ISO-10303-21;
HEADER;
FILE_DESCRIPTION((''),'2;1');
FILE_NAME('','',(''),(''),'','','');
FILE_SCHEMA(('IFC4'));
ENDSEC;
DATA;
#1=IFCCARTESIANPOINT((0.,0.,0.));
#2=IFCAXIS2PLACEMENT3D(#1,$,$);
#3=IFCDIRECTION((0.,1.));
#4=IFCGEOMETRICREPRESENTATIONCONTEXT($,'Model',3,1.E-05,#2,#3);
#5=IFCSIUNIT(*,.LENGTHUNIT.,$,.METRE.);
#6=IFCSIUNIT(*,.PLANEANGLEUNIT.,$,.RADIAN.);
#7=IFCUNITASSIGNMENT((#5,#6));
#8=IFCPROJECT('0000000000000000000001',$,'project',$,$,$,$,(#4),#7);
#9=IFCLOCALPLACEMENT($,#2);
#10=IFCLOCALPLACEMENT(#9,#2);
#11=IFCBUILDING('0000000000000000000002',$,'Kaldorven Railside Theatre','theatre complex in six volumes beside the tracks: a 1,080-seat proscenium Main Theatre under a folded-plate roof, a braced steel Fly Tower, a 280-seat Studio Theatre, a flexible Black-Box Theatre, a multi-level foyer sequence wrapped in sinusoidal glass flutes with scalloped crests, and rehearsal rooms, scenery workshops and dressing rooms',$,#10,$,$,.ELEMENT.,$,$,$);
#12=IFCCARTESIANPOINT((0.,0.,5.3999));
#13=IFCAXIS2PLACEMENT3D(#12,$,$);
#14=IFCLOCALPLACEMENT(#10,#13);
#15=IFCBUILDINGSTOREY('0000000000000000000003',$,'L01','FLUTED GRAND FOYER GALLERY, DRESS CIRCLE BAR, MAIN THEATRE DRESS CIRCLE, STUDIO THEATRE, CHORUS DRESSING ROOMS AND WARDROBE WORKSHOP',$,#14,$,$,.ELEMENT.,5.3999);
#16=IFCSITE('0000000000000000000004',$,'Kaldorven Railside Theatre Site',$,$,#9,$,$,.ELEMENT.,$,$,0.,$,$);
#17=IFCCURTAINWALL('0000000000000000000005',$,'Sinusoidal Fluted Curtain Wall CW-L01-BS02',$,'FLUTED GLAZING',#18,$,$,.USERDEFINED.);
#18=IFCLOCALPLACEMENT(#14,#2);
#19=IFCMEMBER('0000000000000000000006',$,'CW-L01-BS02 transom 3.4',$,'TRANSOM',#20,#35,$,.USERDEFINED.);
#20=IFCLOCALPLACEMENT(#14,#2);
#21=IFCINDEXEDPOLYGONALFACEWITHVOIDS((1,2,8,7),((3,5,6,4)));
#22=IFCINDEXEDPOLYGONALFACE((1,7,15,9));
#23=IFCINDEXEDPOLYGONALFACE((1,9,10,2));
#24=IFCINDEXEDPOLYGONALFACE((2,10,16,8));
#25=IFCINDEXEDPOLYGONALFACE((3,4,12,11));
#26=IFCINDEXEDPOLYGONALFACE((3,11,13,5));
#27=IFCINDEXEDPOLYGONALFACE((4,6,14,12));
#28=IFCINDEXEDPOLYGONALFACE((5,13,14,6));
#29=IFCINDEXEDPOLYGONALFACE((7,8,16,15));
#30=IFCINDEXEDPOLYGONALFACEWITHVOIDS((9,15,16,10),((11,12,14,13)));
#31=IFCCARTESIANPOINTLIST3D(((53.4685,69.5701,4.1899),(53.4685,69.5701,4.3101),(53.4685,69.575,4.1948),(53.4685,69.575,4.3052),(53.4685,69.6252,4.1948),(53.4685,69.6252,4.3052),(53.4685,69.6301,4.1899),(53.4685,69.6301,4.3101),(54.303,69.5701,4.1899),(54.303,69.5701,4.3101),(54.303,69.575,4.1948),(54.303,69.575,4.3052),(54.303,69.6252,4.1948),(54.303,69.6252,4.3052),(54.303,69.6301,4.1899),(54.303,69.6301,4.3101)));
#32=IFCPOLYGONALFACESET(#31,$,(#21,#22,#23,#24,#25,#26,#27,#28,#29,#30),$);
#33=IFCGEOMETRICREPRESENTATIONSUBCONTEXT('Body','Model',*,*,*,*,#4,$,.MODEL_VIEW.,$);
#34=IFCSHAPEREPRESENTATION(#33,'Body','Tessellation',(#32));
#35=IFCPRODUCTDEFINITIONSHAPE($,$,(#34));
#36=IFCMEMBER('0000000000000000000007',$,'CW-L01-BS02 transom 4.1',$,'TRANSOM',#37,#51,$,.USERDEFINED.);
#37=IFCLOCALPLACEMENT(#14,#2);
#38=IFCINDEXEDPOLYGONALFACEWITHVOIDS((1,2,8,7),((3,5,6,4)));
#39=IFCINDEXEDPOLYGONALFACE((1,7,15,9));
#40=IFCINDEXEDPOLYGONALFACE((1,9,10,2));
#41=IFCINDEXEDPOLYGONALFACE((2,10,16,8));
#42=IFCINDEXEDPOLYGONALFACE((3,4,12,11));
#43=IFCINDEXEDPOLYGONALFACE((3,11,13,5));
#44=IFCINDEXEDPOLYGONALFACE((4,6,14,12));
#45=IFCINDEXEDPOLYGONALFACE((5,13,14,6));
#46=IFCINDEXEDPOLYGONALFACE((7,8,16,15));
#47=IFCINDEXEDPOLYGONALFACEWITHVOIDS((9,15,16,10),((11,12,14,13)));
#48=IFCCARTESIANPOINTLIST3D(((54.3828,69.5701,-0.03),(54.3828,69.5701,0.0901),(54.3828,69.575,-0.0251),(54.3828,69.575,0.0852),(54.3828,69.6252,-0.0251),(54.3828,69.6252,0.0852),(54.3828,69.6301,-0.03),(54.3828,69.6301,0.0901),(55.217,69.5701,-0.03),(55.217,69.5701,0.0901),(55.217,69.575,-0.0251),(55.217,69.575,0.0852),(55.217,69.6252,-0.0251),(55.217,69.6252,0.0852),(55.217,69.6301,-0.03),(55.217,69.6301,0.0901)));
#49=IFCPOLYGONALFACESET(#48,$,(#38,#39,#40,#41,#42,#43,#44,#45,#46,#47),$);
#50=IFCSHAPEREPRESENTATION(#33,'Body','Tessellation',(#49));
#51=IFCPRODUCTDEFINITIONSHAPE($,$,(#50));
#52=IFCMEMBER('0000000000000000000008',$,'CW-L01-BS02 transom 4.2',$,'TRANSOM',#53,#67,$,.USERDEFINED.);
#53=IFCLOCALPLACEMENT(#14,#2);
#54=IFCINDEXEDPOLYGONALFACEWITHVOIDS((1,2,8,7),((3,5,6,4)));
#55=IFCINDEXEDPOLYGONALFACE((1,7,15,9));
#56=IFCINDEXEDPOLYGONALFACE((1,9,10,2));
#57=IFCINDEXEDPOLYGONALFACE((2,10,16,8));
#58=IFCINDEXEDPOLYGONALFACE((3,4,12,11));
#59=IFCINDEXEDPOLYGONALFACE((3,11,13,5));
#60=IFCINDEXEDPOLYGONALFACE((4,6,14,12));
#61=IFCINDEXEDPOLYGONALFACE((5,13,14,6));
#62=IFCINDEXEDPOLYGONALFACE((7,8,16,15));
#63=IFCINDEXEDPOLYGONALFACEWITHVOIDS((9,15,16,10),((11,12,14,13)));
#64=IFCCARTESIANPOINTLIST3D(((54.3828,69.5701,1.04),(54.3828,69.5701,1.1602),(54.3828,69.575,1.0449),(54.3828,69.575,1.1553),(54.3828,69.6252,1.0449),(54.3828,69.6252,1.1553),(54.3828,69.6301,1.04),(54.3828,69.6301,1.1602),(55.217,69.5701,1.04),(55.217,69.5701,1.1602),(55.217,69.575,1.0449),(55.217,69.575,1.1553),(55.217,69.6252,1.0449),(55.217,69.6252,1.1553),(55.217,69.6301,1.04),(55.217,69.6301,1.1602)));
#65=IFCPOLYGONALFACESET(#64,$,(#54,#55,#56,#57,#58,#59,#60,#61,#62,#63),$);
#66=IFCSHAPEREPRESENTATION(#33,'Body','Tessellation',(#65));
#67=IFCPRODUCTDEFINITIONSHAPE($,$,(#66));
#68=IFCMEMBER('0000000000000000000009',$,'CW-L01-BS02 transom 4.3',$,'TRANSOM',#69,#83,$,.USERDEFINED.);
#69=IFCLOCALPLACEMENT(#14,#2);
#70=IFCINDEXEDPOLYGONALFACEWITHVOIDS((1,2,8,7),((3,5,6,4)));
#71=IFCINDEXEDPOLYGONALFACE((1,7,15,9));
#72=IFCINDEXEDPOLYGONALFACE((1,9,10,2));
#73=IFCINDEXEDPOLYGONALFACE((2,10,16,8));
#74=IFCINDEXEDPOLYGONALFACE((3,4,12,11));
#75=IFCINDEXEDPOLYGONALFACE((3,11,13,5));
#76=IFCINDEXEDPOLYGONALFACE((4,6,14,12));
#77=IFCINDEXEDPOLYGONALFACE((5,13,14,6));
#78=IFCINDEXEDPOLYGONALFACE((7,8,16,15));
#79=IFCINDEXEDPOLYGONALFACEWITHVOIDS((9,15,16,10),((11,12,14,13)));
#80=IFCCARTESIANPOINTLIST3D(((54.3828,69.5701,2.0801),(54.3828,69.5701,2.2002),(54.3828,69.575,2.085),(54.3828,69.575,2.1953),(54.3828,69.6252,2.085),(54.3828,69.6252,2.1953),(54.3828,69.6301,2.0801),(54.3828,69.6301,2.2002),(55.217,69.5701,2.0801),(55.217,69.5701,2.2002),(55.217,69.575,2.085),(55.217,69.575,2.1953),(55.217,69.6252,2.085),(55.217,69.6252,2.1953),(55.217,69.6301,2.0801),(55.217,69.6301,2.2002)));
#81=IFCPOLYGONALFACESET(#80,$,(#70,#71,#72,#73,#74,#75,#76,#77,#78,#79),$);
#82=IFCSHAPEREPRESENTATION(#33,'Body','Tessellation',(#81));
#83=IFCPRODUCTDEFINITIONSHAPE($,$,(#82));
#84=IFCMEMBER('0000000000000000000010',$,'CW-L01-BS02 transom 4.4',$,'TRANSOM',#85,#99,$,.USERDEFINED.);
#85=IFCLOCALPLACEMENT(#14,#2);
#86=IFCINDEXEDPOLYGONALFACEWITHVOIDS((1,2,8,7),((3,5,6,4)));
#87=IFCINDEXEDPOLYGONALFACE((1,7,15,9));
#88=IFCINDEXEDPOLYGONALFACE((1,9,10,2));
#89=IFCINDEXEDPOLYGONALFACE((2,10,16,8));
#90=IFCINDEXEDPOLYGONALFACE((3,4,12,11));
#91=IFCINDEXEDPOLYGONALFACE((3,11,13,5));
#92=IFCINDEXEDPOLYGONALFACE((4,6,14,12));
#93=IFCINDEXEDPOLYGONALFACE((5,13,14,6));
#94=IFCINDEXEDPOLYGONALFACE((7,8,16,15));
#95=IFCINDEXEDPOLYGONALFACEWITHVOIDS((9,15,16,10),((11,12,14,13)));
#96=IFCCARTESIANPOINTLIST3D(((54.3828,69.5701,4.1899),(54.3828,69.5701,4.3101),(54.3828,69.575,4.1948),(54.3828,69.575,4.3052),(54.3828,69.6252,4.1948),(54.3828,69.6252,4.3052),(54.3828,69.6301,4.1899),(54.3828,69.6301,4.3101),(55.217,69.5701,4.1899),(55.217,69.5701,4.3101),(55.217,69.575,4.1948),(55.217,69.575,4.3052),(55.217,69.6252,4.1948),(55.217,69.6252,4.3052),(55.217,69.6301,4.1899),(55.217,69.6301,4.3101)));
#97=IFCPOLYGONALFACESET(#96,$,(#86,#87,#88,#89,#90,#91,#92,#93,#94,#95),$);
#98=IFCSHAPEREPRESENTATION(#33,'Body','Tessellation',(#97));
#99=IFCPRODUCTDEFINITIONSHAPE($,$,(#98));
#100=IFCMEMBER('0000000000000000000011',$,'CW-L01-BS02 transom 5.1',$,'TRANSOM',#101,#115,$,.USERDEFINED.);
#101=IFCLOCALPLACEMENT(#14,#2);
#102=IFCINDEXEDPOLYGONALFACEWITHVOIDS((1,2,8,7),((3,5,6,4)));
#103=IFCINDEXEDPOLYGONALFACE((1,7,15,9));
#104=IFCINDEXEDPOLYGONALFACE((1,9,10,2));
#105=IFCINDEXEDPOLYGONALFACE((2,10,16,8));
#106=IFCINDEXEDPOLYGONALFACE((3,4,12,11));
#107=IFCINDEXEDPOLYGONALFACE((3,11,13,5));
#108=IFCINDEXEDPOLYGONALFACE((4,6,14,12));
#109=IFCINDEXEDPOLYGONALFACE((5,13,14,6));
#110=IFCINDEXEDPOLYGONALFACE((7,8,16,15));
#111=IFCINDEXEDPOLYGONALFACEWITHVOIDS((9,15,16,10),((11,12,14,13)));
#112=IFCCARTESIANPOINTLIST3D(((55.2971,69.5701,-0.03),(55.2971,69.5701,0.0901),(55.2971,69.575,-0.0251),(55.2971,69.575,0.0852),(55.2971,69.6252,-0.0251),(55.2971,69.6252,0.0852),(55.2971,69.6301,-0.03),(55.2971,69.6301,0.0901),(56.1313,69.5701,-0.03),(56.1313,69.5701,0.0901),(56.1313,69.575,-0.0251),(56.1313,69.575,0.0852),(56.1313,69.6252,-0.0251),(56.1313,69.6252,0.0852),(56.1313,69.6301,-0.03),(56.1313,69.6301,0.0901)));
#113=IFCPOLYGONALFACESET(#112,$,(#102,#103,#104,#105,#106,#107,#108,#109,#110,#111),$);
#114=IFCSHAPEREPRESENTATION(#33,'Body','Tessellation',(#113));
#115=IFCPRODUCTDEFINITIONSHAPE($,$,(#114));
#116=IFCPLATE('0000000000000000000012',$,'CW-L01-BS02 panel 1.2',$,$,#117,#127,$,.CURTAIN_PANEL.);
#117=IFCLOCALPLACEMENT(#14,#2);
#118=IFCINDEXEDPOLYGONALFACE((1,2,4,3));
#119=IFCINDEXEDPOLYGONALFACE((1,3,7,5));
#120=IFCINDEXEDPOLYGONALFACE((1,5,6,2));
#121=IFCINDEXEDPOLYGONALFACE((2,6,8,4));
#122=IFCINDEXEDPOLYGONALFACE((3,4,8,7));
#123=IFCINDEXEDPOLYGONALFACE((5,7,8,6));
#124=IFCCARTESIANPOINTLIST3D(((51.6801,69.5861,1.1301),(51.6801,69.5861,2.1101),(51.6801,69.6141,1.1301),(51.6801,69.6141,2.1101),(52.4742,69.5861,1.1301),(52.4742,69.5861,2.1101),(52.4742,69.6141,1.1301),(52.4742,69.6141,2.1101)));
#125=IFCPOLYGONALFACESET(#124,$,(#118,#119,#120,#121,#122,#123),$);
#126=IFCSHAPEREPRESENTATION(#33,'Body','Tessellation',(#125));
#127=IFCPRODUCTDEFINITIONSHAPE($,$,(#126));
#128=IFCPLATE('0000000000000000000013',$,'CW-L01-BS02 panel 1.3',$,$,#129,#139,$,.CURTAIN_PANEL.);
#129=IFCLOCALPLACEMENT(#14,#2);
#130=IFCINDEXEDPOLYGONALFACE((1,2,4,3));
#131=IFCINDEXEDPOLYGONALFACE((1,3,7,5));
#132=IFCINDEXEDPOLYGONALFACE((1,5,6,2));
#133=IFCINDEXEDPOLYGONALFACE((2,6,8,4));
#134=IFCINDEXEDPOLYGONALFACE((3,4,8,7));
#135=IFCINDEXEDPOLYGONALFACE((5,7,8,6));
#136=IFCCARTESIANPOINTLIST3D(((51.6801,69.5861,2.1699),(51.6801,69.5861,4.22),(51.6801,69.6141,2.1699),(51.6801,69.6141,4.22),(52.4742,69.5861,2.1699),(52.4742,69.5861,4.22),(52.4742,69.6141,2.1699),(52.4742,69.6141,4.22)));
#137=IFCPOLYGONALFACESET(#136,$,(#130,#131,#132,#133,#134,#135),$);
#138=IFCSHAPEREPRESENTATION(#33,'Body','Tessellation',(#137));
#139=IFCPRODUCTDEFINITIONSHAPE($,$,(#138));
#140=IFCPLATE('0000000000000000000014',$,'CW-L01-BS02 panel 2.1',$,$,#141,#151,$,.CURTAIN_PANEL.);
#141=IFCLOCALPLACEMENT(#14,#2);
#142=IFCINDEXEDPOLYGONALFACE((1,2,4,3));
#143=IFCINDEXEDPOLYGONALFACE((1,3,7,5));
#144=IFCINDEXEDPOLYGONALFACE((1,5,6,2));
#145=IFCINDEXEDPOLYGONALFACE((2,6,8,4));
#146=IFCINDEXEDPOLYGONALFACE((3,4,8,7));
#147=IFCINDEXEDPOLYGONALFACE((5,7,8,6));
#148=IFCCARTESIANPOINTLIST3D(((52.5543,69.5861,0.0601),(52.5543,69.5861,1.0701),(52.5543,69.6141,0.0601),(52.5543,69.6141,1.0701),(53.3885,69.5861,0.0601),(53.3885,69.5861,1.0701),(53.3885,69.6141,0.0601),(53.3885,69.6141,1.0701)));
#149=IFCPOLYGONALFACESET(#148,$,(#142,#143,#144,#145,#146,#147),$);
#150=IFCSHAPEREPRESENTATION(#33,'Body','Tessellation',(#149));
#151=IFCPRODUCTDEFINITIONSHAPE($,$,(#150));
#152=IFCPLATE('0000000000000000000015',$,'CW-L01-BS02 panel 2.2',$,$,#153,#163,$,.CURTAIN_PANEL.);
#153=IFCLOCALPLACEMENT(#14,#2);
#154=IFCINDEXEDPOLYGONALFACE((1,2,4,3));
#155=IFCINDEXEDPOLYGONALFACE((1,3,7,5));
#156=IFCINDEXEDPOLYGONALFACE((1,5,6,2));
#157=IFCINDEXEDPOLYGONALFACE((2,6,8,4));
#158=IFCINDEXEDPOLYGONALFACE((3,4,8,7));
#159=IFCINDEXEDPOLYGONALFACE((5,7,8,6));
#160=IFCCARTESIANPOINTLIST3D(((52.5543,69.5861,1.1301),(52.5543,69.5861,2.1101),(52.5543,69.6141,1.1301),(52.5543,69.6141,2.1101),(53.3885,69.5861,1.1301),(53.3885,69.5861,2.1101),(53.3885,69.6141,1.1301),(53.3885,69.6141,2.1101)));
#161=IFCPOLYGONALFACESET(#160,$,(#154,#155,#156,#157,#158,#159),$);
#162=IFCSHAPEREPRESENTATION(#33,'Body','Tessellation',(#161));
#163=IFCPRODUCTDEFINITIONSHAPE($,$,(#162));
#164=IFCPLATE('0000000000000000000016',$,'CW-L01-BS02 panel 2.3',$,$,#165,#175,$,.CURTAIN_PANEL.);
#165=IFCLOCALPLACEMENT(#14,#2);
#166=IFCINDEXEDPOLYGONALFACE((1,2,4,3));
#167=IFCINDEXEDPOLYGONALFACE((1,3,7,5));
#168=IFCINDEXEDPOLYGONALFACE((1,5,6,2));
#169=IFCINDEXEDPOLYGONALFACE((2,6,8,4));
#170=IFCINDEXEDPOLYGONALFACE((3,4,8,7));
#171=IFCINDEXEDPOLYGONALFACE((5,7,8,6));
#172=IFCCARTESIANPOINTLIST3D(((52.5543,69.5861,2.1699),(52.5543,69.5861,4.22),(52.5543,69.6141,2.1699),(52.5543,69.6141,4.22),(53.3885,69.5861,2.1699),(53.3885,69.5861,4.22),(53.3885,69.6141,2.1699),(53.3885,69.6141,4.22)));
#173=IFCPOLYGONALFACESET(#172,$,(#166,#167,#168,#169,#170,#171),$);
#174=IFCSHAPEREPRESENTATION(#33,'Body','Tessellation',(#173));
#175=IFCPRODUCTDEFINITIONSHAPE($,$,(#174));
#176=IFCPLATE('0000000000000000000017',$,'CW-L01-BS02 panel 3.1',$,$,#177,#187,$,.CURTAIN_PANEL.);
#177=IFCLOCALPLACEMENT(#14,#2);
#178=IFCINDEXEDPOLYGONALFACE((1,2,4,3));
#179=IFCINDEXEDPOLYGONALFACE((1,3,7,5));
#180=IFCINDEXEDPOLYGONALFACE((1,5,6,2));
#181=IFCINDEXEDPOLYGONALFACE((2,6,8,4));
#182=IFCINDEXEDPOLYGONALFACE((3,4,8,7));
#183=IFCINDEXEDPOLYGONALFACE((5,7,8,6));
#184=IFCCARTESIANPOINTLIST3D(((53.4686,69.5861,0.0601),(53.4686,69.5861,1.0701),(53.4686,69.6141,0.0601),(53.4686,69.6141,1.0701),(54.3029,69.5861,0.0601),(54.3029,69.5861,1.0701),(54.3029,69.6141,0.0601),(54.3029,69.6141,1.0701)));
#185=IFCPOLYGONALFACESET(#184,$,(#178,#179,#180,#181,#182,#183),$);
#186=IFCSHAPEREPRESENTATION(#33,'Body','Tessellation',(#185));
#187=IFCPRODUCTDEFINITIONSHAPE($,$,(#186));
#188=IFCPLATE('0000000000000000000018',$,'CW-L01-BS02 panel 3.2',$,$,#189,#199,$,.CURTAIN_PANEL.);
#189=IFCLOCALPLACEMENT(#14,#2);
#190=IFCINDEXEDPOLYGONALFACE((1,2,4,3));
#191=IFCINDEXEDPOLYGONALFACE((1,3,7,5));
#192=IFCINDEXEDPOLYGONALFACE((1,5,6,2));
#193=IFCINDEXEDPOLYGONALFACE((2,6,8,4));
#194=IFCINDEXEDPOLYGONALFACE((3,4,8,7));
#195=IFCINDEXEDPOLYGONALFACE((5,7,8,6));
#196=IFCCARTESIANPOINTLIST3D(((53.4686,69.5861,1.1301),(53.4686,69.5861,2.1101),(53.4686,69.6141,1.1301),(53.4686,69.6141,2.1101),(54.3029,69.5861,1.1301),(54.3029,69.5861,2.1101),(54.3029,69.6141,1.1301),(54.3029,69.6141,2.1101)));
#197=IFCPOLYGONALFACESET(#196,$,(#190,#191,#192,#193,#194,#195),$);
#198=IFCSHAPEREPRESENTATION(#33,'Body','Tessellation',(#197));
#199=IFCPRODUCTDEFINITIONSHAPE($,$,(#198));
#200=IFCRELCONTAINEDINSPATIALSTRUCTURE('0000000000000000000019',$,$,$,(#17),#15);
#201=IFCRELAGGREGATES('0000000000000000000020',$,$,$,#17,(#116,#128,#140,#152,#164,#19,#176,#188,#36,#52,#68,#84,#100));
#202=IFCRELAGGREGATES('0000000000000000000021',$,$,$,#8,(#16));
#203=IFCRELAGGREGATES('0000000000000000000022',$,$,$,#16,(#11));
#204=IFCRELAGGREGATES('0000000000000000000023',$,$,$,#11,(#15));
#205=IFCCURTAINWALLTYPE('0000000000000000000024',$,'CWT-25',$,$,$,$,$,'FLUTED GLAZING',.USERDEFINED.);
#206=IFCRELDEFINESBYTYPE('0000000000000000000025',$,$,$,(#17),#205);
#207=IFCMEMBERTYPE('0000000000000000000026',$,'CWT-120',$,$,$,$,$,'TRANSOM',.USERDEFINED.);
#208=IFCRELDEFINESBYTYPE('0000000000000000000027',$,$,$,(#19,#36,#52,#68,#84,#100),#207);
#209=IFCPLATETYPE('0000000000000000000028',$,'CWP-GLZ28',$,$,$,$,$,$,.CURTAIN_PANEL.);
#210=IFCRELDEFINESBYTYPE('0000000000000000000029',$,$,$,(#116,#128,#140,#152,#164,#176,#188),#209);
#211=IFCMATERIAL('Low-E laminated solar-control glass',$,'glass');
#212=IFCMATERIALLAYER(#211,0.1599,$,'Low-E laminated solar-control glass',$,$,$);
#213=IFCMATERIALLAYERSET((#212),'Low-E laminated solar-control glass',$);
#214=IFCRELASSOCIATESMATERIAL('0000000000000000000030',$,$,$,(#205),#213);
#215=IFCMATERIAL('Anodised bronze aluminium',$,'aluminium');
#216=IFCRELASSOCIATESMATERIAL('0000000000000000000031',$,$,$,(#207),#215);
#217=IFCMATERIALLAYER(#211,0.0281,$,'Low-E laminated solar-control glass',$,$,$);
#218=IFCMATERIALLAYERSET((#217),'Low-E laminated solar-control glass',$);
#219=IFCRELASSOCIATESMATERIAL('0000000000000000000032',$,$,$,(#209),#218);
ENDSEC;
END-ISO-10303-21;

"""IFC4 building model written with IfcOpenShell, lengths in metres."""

from ifc_helpers import new_model, si_unit, direction, frame, origin, origin_2d, place, context, subcontext, project, spatial, rectangle, hollow_rectangle, extrude, material, layer, layer_set, material_profile, profile_set, type_object, element, aggregate, save


model = new_model("IFC4")

# Units and contexts
model_context = context("Model", 3, precision=1e-05, world=origin(), true_north=direction((0.0, 1.0)))
body_context = subcontext(model_context, "Body", "Model", "MODEL_VIEW")
ifc_project = project(units=[si_unit("LENGTHUNIT", "METRE"), si_unit("PLANEANGLEUNIT", "RADIAN")], contexts=[model_context])

# Site, building, storey
site_placement = place(None, origin())
site = spatial("IfcSite", under=ifc_project, at=site_placement, Name="Kaldorven Railside Theatre Site", CompositionType="ELEMENT", RefElevation=0.0)
building_placement = place(site_placement, origin())
building = spatial("IfcBuilding", under=site, at=building_placement, Name="Kaldorven Railside Theatre", Description="theatre complex in six volumes beside the tracks: a 1,080-seat proscenium Main Theatre under a folded-plate roof, a braced steel Fly Tower, a 280-seat Studio Theatre, a flexible Black-Box Theatre, a multi-level foyer sequence wrapped in sinusoidal glass flutes with scalloped crests, and rehearsal rooms, scenery workshops and dressing rooms", CompositionType="ELEMENT")
storey_placement = place(building_placement, frame((0.0, 0.0, 5.3999)))
storey = spatial("IfcBuildingStorey", under=building, at=storey_placement, Name="L01", Description="FLUTED GRAND FOYER GALLERY, DRESS CIRCLE BAR, MAIN THEATRE DRESS CIRCLE, STUDIO THEATRE, CHORUS DRESSING ROOMS AND WARDROBE WORKSHOP", CompositionType="ELEMENT", Elevation=5.3999)

# Curtain wall, members, plates
ifc_material_1 = material(Name="Low-E laminated solar-control glass", Category="glass")
ifc_layer_1 = layer(ifc_material_1, 0.1599, Name="Low-E laminated solar-control glass")
ifc_layer_set_1 = layer_set([ifc_layer_1], Name="Low-E laminated solar-control glass")
curtain_wall_type = type_object("IfcCurtainWallType", Name="CWT-25", ElementType="FLUTED GLAZING", PredefinedType="USERDEFINED", material=ifc_layer_set_1)
curtain_wall_placement = place(storey_placement, origin())
curtain_wall = element("IfcCurtainWall", 1, at=curtain_wall_placement, inside=storey, type_object=curtain_wall_type, Name="Sinusoidal Fluted Curtain Wall CW-L01-BS02", ObjectType="FLUTED GLAZING", PredefinedType="USERDEFINED")
ifc_material_2 = material(Name="Anodised bronze aluminium", Category="aluminium")
ifc_material_profile_1 = material_profile(ifc_material_2, hollow_rectangle(XDim=0.0601, YDim=0.1201, WallThickness=0.0049, at=origin_2d()), Name="RHS 120x60x5")
ifc_profile_set_1 = profile_set([ifc_material_profile_1], Name="Anodised bronze aluminium")
member_type_1 = type_object("IfcMemberType", Name="CWT-120", ElementType="TRANSOM", PredefinedType="USERDEFINED", material=ifc_profile_set_1)
member_1_placement = place(storey_placement, frame((53.4685, 69.6001, 4.25), z_axis=(1.0, 0.0, 0.0), x_axis=(0.0, 1.0, 0.0)))
member_1 = element("IfcMember", 2, at=member_1_placement, type_object=member_type_1, Name="CW-L01-BS02 transom 3.4", ObjectType="TRANSOM", PredefinedType="USERDEFINED", context=body_context, shape_type="SweptSolid", body=[
    extrude(hollow_rectangle(XDim=0.0601, YDim=0.1201, WallThickness=0.0049, at=origin_2d()), origin(), (0.0, 0.0, 1.0), 0.8345),
])
member_2_placement = place(storey_placement, frame((54.3828, 69.6001, 0.03), z_axis=(1.0, 0.0, 0.0), x_axis=(0.0, 1.0, 0.0)))
member_2 = element("IfcMember", 3, at=member_2_placement, type_object=member_type_1, Name="CW-L01-BS02 transom 4.1", ObjectType="TRANSOM", PredefinedType="USERDEFINED", context=body_context, shape_type="SweptSolid", body=[
    extrude(hollow_rectangle(XDim=0.0601, YDim=0.1201, WallThickness=0.0049, at=origin_2d()), origin(), (0.0, 0.0, 1.0), 0.8342),
])
member_3_placement = place(storey_placement, frame((54.3828, 69.6001, 1.1001), z_axis=(1.0, 0.0, 0.0), x_axis=(0.0, 1.0, 0.0)))
member_3 = element("IfcMember", 4, at=member_3_placement, type_object=member_type_1, Name="CW-L01-BS02 transom 4.2", ObjectType="TRANSOM", PredefinedType="USERDEFINED", context=body_context, shape_type="SweptSolid", body=[
    extrude(hollow_rectangle(XDim=0.0601, YDim=0.1201, WallThickness=0.0049, at=origin_2d()), origin(), (0.0, 0.0, 1.0), 0.8342),
])
member_4_placement = place(storey_placement, frame((54.3828, 69.6001, 2.1401), z_axis=(1.0, 0.0, 0.0), x_axis=(0.0, 1.0, 0.0)))
member_4 = element("IfcMember", 5, at=member_4_placement, type_object=member_type_1, Name="CW-L01-BS02 transom 4.3", ObjectType="TRANSOM", PredefinedType="USERDEFINED", context=body_context, shape_type="SweptSolid", body=[
    extrude(hollow_rectangle(XDim=0.0601, YDim=0.1201, WallThickness=0.0049, at=origin_2d()), origin(), (0.0, 0.0, 1.0), 0.8342),
])
member_5_placement = place(storey_placement, frame((54.3828, 69.6001, 4.25), z_axis=(1.0, 0.0, 0.0), x_axis=(0.0, 1.0, 0.0)))
member_5 = element("IfcMember", 6, at=member_5_placement, type_object=member_type_1, Name="CW-L01-BS02 transom 4.4", ObjectType="TRANSOM", PredefinedType="USERDEFINED", context=body_context, shape_type="SweptSolid", body=[
    extrude(hollow_rectangle(XDim=0.0601, YDim=0.1201, WallThickness=0.0049, at=origin_2d()), origin(), (0.0, 0.0, 1.0), 0.8342),
])
member_6_placement = place(storey_placement, frame((55.2971, 69.6001, 0.03), z_axis=(1.0, 0.0, 0.0), x_axis=(0.0, 1.0, 0.0)))
member_6 = element("IfcMember", 7, at=member_6_placement, type_object=member_type_1, Name="CW-L01-BS02 transom 5.1", ObjectType="TRANSOM", PredefinedType="USERDEFINED", context=body_context, shape_type="SweptSolid", body=[
    extrude(hollow_rectangle(XDim=0.0601, YDim=0.1201, WallThickness=0.0049, at=origin_2d()), origin(), (0.0, 0.0, 1.0), 0.8342),
])
ifc_layer_2 = layer(ifc_material_1, 0.0281, Name="Low-E laminated solar-control glass")
ifc_layer_set_2 = layer_set([ifc_layer_2], Name="Low-E laminated solar-control glass")
plate_type = type_object("IfcPlateType", Name="CWP-GLZ28", PredefinedType="CURTAIN_PANEL", material=ifc_layer_set_2)
plate_1_placement = place(storey_placement, frame((52.0771, 69.6001, 1.1301), z_axis=(0.0, 0.0, 1.0), x_axis=(1.0, 0.0, 0.0)))
plate_1 = element("IfcPlate", 8, at=plate_1_placement, type_object=plate_type, Name="CW-L01-BS02 panel 1.2", PredefinedType="CURTAIN_PANEL", context=body_context, shape_type="SweptSolid", body=[
    extrude(rectangle(XDim=0.7942, YDim=0.0281, at=origin_2d()), origin(), (0.0, 0.0, 1.0), 0.98),
])
plate_2_placement = place(storey_placement, frame((52.0771, 69.6001, 2.1699), z_axis=(0.0, 0.0, 1.0), x_axis=(1.0, 0.0, 0.0)))
plate_2 = element("IfcPlate", 9, at=plate_2_placement, type_object=plate_type, Name="CW-L01-BS02 panel 1.3", PredefinedType="CURTAIN_PANEL", context=body_context, shape_type="SweptSolid", body=[
    extrude(rectangle(XDim=0.7942, YDim=0.0281, at=origin_2d()), origin(), (0.0, 0.0, 1.0), 2.05),
])
plate_3_placement = place(storey_placement, frame((52.9714, 69.6001, 0.0601), z_axis=(0.0, 0.0, 1.0), x_axis=(1.0, 0.0, 0.0)))
plate_3 = element("IfcPlate", 10, at=plate_3_placement, type_object=plate_type, Name="CW-L01-BS02 panel 2.1", PredefinedType="CURTAIN_PANEL", context=body_context, shape_type="SweptSolid", body=[
    extrude(rectangle(XDim=0.8342, YDim=0.0281, at=origin_2d()), origin(), (0.0, 0.0, 1.0), 1.01),
])
plate_4_placement = place(storey_placement, frame((52.9714, 69.6001, 1.1301), z_axis=(0.0, 0.0, 1.0), x_axis=(1.0, 0.0, 0.0)))
plate_4 = element("IfcPlate", 11, at=plate_4_placement, type_object=plate_type, Name="CW-L01-BS02 panel 2.2", PredefinedType="CURTAIN_PANEL", context=body_context, shape_type="SweptSolid", body=[
    extrude(rectangle(XDim=0.8342, YDim=0.0281, at=origin_2d()), origin(), (0.0, 0.0, 1.0), 0.98),
])
plate_5_placement = place(storey_placement, frame((52.9714, 69.6001, 2.1699), z_axis=(0.0, 0.0, 1.0), x_axis=(1.0, 0.0, 0.0)))
plate_5 = element("IfcPlate", 12, at=plate_5_placement, type_object=plate_type, Name="CW-L01-BS02 panel 2.3", PredefinedType="CURTAIN_PANEL", context=body_context, shape_type="SweptSolid", body=[
    extrude(rectangle(XDim=0.8342, YDim=0.0281, at=origin_2d()), origin(), (0.0, 0.0, 1.0), 2.05),
])
plate_6_placement = place(storey_placement, frame((53.8857, 69.6001, 0.0601), z_axis=(0.0, 0.0, 1.0), x_axis=(1.0, 0.0, 0.0)))
plate_6 = element("IfcPlate", 13, at=plate_6_placement, type_object=plate_type, Name="CW-L01-BS02 panel 3.1", PredefinedType="CURTAIN_PANEL", context=body_context, shape_type="SweptSolid", body=[
    extrude(rectangle(XDim=0.8342, YDim=0.0281, at=origin_2d()), origin(), (0.0, 0.0, 1.0), 1.01),
])
plate_7_placement = place(storey_placement, frame((53.8857, 69.6001, 1.1301), z_axis=(0.0, 0.0, 1.0), x_axis=(1.0, 0.0, 0.0)))
plate_7 = element("IfcPlate", 14, at=plate_7_placement, type_object=plate_type, Name="CW-L01-BS02 panel 3.2", PredefinedType="CURTAIN_PANEL", context=body_context, shape_type="SweptSolid", body=[
    extrude(rectangle(XDim=0.8342, YDim=0.0281, at=origin_2d()), origin(), (0.0, 0.0, 1.0), 0.98),
])
aggregate(curtain_wall, [plate_1, plate_2, plate_3, plate_4, plate_5, member_1, plate_6, plate_7, member_2, member_3, member_4, member_5, member_6])

save(model, "model.ifc")
